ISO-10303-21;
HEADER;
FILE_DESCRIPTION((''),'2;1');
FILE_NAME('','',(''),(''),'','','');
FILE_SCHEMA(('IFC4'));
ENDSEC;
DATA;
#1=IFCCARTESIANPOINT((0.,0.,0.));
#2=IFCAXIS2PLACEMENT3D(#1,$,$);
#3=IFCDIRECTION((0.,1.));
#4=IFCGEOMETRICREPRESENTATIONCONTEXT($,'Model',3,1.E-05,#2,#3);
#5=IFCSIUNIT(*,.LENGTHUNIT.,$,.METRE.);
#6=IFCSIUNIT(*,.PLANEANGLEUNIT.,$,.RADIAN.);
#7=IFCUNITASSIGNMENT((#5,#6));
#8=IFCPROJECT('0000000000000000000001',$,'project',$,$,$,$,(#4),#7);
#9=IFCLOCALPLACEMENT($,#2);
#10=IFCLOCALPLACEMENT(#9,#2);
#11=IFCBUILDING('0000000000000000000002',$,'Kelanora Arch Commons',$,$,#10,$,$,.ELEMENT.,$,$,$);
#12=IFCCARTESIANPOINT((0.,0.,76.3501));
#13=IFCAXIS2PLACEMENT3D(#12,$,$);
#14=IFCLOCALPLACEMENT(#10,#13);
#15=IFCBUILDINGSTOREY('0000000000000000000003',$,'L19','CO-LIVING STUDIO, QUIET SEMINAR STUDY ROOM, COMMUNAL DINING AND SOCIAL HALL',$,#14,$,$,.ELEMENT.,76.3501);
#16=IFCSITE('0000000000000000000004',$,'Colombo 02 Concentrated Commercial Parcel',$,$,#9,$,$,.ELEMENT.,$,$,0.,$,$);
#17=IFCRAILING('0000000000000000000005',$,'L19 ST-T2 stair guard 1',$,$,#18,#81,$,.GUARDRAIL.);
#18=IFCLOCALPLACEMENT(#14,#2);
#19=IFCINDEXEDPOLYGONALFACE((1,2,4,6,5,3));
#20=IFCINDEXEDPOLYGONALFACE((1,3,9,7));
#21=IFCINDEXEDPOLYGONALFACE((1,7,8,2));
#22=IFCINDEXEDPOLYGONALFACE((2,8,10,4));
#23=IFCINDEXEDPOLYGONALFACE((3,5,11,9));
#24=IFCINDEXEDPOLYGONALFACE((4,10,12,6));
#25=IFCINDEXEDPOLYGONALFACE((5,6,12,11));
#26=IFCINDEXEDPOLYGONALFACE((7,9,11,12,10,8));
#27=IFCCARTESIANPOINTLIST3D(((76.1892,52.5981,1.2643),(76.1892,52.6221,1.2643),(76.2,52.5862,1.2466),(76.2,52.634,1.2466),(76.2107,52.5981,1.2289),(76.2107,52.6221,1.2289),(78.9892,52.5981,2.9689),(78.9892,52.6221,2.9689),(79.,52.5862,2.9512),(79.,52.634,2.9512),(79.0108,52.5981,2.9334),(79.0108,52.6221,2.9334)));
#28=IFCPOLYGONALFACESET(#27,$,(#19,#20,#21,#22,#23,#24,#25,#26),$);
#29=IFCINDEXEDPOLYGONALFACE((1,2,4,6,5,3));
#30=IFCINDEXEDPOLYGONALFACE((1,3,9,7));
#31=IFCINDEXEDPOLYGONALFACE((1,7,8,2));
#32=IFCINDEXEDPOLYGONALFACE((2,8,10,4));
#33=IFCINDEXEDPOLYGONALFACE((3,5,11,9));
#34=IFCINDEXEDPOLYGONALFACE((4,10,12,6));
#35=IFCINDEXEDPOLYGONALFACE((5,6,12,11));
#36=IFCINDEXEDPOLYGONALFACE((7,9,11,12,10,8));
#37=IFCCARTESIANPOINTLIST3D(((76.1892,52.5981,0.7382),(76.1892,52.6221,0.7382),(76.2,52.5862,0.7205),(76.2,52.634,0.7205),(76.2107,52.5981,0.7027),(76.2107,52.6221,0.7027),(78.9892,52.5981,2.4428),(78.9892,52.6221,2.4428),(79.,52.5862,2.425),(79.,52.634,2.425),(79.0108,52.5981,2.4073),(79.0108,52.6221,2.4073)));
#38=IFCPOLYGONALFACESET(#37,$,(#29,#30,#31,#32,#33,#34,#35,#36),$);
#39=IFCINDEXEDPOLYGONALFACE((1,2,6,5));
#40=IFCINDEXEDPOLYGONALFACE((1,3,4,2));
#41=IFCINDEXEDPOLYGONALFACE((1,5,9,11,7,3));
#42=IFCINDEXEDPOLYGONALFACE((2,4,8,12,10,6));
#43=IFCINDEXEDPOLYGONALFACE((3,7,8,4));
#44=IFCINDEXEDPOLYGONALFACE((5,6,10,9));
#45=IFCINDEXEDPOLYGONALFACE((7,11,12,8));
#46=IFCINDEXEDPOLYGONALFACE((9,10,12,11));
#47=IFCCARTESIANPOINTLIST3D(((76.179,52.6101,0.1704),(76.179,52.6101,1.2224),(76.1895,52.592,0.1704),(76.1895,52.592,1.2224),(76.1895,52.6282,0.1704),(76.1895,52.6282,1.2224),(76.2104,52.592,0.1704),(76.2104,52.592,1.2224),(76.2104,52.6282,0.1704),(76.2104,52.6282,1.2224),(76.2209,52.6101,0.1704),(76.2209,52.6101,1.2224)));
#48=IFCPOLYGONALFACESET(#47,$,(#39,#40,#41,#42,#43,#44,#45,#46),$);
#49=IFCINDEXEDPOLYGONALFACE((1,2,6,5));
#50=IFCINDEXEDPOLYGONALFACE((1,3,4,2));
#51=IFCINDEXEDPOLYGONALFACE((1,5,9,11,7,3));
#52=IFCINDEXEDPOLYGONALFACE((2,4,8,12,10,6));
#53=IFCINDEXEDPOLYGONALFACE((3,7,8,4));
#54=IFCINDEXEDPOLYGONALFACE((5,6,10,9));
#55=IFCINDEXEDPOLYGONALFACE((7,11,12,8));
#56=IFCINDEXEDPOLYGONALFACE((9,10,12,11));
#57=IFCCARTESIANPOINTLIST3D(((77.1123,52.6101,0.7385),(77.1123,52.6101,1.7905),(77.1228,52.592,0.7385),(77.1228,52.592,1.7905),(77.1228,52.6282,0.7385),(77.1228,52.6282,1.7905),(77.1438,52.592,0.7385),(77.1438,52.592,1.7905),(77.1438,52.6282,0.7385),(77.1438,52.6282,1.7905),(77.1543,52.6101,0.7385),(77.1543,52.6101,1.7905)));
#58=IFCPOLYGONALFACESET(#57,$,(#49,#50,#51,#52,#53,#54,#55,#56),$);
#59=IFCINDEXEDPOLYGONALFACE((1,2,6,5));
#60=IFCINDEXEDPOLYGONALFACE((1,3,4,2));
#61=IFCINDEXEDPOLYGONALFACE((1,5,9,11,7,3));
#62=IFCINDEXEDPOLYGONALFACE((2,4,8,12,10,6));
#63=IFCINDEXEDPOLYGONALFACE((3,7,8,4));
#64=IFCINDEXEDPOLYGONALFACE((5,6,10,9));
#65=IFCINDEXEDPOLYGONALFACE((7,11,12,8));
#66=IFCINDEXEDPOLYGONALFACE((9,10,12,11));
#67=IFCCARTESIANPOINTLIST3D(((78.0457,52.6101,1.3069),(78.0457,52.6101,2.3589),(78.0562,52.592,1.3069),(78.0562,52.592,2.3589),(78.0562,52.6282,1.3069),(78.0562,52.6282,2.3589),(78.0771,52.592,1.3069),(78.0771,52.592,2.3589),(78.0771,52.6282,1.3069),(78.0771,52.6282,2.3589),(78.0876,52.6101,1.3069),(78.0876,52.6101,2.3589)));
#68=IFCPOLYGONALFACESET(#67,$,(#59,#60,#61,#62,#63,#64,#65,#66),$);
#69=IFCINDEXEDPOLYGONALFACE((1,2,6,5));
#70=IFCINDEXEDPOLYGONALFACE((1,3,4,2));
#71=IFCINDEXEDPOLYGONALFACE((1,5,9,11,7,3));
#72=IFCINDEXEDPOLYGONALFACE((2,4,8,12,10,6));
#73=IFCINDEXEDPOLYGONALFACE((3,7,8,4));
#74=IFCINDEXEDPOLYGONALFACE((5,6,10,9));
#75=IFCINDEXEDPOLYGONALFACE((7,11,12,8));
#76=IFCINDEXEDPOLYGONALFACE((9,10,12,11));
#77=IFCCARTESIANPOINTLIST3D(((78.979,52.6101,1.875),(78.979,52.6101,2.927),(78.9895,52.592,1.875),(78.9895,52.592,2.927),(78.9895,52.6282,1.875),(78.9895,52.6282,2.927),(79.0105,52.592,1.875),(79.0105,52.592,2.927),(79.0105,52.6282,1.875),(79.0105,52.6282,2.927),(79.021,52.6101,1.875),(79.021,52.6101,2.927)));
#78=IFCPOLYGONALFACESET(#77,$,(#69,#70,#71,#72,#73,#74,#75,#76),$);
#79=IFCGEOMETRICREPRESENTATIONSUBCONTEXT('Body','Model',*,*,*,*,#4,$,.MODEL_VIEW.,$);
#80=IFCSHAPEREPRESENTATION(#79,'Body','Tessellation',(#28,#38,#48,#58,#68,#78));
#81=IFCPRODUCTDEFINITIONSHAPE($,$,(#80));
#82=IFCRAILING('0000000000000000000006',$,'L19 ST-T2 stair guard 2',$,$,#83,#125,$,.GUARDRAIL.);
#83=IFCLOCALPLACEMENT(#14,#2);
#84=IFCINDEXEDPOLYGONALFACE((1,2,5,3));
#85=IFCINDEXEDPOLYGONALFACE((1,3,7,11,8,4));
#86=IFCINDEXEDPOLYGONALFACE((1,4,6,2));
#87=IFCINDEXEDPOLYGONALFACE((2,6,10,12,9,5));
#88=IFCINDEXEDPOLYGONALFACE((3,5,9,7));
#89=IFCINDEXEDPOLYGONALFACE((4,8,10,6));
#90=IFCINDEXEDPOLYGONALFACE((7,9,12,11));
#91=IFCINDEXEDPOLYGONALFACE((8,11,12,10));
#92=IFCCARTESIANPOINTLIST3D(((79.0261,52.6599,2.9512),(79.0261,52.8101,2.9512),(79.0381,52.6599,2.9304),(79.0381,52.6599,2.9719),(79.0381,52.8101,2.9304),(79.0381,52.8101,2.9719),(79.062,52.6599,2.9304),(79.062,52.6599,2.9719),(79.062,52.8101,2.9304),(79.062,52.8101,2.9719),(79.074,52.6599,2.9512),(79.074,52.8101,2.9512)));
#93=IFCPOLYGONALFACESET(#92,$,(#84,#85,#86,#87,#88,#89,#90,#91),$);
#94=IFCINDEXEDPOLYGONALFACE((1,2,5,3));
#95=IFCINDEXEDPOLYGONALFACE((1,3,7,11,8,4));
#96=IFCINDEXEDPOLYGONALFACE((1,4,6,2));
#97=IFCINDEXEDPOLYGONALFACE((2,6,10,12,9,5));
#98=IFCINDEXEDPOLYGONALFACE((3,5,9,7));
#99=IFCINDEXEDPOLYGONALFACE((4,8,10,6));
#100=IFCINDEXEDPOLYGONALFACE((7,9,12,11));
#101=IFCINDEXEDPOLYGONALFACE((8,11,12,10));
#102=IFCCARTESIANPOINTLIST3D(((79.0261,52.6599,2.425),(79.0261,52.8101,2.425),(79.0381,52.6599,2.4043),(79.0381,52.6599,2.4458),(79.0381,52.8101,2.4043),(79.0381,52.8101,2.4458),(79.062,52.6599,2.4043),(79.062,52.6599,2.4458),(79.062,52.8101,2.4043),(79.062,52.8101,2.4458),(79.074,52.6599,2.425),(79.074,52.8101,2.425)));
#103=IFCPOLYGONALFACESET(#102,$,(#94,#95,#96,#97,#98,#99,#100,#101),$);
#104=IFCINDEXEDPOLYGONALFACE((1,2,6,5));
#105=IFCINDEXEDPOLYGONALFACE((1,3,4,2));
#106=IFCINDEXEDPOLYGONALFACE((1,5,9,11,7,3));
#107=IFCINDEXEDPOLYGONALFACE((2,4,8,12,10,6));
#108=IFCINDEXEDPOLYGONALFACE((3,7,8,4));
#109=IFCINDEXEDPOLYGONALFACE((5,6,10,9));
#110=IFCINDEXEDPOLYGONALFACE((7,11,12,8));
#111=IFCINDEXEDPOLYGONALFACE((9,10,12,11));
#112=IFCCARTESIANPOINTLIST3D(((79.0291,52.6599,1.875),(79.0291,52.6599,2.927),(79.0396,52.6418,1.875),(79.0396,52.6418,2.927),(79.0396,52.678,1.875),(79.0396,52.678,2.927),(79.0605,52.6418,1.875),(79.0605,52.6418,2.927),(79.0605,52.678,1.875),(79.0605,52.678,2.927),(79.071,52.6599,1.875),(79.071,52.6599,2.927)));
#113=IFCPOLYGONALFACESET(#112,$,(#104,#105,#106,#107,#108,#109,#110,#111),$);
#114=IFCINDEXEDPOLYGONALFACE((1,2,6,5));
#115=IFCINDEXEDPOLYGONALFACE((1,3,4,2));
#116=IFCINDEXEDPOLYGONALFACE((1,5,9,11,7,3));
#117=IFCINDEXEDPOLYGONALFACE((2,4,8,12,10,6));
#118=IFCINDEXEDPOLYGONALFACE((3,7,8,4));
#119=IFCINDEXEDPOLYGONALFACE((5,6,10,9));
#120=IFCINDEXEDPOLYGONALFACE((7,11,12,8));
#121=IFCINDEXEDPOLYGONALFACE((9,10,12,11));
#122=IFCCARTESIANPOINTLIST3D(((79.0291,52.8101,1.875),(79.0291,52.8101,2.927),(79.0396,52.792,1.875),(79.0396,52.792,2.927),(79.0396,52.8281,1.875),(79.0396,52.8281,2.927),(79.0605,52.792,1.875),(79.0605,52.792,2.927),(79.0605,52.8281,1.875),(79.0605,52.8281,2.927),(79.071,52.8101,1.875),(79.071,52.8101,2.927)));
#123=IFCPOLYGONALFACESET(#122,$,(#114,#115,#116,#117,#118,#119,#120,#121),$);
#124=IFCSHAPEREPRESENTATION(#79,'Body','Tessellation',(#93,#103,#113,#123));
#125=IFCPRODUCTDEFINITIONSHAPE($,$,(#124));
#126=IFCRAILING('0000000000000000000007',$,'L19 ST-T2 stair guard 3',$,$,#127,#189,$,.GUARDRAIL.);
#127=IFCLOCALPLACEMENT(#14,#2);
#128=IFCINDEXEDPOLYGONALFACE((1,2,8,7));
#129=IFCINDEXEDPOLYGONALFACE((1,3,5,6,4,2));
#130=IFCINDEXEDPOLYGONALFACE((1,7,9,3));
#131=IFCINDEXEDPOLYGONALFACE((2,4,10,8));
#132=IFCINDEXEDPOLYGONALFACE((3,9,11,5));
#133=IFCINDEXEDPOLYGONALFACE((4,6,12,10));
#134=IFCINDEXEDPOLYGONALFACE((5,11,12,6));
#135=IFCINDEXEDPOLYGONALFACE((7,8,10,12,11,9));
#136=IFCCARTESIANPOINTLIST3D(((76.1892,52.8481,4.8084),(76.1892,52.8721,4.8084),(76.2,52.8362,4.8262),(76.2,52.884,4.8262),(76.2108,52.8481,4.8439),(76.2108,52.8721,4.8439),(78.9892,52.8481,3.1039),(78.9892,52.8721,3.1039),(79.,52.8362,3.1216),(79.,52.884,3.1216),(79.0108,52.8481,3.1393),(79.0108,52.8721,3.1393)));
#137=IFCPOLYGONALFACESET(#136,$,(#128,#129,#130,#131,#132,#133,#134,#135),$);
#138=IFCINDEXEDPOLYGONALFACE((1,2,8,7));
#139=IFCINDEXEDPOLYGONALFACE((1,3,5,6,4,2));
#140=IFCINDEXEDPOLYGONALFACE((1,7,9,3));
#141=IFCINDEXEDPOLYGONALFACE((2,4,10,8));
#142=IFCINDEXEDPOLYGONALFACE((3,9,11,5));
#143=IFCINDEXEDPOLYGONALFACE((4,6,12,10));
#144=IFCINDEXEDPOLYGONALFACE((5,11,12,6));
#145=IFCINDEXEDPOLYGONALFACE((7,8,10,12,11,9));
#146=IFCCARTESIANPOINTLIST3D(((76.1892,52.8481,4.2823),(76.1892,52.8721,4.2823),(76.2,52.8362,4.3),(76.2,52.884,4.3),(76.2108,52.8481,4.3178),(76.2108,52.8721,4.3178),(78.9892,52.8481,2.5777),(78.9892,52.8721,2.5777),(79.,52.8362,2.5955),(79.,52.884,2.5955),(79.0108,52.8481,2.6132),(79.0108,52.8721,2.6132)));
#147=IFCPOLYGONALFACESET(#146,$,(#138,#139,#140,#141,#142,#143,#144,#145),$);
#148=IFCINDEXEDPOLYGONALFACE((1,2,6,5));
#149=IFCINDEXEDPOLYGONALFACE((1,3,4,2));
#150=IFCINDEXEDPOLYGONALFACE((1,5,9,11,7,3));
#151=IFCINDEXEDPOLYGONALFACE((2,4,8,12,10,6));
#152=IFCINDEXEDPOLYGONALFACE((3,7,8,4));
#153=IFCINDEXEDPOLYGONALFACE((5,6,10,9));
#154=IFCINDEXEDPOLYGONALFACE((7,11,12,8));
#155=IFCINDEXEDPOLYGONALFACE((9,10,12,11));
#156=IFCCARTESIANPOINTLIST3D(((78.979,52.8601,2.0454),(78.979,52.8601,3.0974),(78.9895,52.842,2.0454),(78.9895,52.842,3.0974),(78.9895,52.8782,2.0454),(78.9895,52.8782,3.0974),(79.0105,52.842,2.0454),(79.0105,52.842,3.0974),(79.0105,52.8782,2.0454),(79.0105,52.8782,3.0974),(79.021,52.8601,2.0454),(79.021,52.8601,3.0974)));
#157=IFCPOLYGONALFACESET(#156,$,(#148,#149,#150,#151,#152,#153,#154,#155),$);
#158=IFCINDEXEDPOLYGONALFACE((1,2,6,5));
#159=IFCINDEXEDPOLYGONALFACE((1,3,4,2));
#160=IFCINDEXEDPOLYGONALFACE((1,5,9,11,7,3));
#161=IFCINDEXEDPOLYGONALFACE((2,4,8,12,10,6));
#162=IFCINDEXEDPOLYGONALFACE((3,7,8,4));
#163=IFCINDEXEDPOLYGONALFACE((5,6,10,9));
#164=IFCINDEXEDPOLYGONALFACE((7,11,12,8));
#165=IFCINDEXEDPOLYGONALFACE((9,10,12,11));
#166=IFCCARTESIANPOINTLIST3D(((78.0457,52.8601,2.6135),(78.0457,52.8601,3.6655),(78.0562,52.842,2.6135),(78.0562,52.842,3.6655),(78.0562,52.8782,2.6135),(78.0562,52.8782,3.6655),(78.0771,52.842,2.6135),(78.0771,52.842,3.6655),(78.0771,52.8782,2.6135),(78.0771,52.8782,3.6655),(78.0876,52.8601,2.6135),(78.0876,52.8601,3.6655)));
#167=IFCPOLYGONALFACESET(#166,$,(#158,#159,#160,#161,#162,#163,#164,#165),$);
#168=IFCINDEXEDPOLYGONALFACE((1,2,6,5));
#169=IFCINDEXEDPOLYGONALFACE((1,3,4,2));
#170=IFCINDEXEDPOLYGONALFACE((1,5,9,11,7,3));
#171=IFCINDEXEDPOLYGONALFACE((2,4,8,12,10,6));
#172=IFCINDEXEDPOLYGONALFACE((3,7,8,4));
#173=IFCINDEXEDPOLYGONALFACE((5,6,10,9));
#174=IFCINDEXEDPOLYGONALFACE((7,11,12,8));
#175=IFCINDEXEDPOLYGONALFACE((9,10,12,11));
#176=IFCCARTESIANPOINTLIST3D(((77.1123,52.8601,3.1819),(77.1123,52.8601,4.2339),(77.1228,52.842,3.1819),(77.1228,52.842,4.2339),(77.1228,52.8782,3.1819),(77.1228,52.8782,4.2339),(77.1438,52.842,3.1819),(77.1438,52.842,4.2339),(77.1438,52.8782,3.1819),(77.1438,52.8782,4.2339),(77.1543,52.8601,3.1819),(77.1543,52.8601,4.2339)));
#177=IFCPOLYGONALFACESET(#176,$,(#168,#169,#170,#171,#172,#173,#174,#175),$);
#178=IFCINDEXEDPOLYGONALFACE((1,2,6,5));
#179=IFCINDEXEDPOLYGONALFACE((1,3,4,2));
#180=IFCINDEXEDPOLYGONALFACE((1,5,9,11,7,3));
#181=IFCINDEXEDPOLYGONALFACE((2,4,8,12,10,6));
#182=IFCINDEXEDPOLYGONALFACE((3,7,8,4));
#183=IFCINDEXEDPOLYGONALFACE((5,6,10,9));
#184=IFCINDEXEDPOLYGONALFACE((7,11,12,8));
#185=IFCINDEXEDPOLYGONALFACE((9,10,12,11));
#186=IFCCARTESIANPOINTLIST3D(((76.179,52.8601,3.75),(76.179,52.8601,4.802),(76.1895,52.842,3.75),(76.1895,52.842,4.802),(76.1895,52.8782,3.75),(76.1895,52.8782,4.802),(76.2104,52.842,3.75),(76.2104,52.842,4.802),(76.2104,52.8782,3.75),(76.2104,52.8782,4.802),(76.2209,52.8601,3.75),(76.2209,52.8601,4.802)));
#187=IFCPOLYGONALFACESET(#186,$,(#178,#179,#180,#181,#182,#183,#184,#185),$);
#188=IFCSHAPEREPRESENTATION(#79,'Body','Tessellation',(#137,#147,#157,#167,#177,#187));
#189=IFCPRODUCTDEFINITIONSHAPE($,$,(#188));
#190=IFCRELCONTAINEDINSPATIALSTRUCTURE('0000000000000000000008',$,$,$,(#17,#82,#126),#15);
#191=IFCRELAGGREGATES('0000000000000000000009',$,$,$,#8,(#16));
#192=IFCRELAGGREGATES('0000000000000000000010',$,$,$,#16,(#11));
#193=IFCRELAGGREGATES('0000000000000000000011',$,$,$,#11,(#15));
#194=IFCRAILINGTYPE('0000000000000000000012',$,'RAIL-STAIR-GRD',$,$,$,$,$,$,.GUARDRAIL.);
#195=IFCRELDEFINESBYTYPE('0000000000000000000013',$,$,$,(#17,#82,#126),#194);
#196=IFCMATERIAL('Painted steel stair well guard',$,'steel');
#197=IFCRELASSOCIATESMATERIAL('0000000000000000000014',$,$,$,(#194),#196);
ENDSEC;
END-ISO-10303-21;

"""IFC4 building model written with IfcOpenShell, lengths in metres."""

from ifc_helpers import new_model, si_unit, direction, frame, origin, place, context, subcontext, project, spatial, polyline, outline, extrude, material, type_object, element, save


model = new_model("IFC4")

# Units and contexts
model_context = context("Model", 3, precision=1e-05, world=origin(), true_north=direction((0.0, 1.0)))
body_context = subcontext(model_context, "Body", "Model", "MODEL_VIEW")
ifc_project = project(units=[si_unit("LENGTHUNIT", "METRE"), si_unit("PLANEANGLEUNIT", "RADIAN")], contexts=[model_context])

# Site, building, storey
site_placement = place(None, origin())
site = spatial("IfcSite", under=ifc_project, at=site_placement, Name="Colombo 02 Concentrated Commercial Parcel", CompositionType="ELEMENT", RefElevation=0.0)
building_placement = place(site_placement, origin())
building = spatial("IfcBuilding", under=site, at=building_placement, Name="Kelanora Arch Commons", CompositionType="ELEMENT")
storey_placement = place(building_placement, frame((0.0, 0.0, 76.3501)))
storey = spatial("IfcBuildingStorey", under=building, at=storey_placement, Name="L19", Description="CO-LIVING STUDIO, QUIET SEMINAR STUDY ROOM, COMMUNAL DINING AND SOCIAL HALL", CompositionType="ELEMENT", Elevation=76.3501)

# Railings
ifc_material_1 = material(Name="Painted steel stair well guard", Category="steel")
railing_type_1 = type_object("IfcRailingType", Name="RAIL-STAIR-GRD", PredefinedType="GUARDRAIL", material=ifc_material_1)
railing_1_placement = place(storey_placement, frame((76.2, 52.6101, 0.1704)))
element("IfcRailing", 1, at=railing_1_placement, inside=storey, type_object=railing_type_1, Name="L19 ST-T2 stair guard 1", PredefinedType="GUARDRAIL", context=body_context, shape_type="SweptSolid", body=[
    extrude(outline(polyline([(0.0239, 0.0), (0.012, 0.0208), (-0.012, 0.0208), (-0.0239, 0.0), (-0.012, -0.0208), (0.012, -0.0208), (0.0239, 0.0)])), frame((0.0, 0.0, 1.0762), z_axis=(0.85417, 0.0, 0.519994), x_axis=(0.0, 1.0, 0.0)), (0.0, 0.0, 1.0), 3.2781),
    extrude(outline(polyline([(0.0239, 0.0), (0.012, 0.0208), (-0.012, 0.0208), (-0.0239, 0.0), (-0.012, -0.0208), (0.012, -0.0208), (0.0239, 0.0)])), frame((0.0, 0.0, 0.55), z_axis=(0.85417, 0.0, 0.519994), x_axis=(0.0, 1.0, 0.0)), (0.0, 0.0, 1.0), 3.2781),
    extrude(outline(polyline([(0.021, 0.0), (0.0105, 0.0181), (-0.0105, 0.0181), (-0.021, 0.0), (-0.0105, -0.0181), (0.0105, -0.0181), (0.021, 0.0)])), origin(), (0.0, 0.0, 1.0), 1.052),
    extrude(outline(polyline([(0.021, 0.0), (0.0105, 0.0181), (-0.0105, 0.0181), (-0.021, 0.0), (-0.0105, -0.0181), (0.0105, -0.0181), (0.021, 0.0)])), frame((0.9333, 0.0, 0.5681)), (0.0, 0.0, 1.0), 1.052),
    extrude(outline(polyline([(0.021, 0.0), (0.0105, 0.0181), (-0.0105, 0.0181), (-0.021, 0.0), (-0.0105, -0.0181), (0.0105, -0.0181), (0.021, 0.0)])), frame((1.8667, 0.0, 1.1365)), (0.0, 0.0, 1.0), 1.052),
    extrude(outline(polyline([(0.021, 0.0), (0.0105, 0.0181), (-0.0105, 0.0181), (-0.021, 0.0), (-0.0105, -0.0181), (0.0105, -0.0181), (0.021, 0.0)])), frame((2.8, 0.0, 1.7046)), (0.0, 0.0, 1.0), 1.052),
])
railing_2_placement = place(storey_placement, frame((79.05, 52.6599, 1.875)))
element("IfcRailing", 2, at=railing_2_placement, inside=storey, type_object=railing_type_1, Name="L19 ST-T2 stair guard 2", PredefinedType="GUARDRAIL", context=body_context, shape_type="SweptSolid", body=[
    extrude(outline(polyline([(0.0239, 0.0), (0.012, 0.0208), (-0.012, 0.0208), (-0.0239, 0.0), (-0.012, -0.0208), (0.012, -0.0208), (0.0239, 0.0)])), frame((0.0, 0.0, 1.0762), z_axis=(0.0, 1.0, 0.0), x_axis=(-1.0, 0.0, 0.0)), (0.0, 0.0, 1.0), 0.1501),
    extrude(outline(polyline([(0.0239, 0.0), (0.012, 0.0208), (-0.012, 0.0208), (-0.0239, 0.0), (-0.012, -0.0208), (0.012, -0.0208), (0.0239, 0.0)])), frame((0.0, 0.0, 0.55), z_axis=(0.0, 1.0, 0.0), x_axis=(-1.0, 0.0, 0.0)), (0.0, 0.0, 1.0), 0.1501),
    extrude(outline(polyline([(0.021, 0.0), (0.0105, 0.0181), (-0.0105, 0.0181), (-0.021, 0.0), (-0.0105, -0.0181), (0.0105, -0.0181), (0.021, 0.0)])), origin(), (0.0, 0.0, 1.0), 1.052),
    extrude(outline(polyline([(0.021, 0.0), (0.0105, 0.0181), (-0.0105, 0.0181), (-0.021, 0.0), (-0.0105, -0.0181), (0.0105, -0.0181), (0.021, 0.0)])), frame((0.0, 0.1501, 0.0)), (0.0, 0.0, 1.0), 1.052),
])
railing_3_placement = place(storey_placement, frame((79.0, 52.8601, 2.0454)))
element("IfcRailing", 3, at=railing_3_placement, inside=storey, type_object=railing_type_1, Name="L19 ST-T2 stair guard 3", PredefinedType="GUARDRAIL", context=body_context, shape_type="SweptSolid", body=[
    extrude(outline(polyline([(0.0239, 0.0), (0.012, 0.0208), (-0.012, 0.0208), (-0.0239, 0.0), (-0.012, -0.0208), (0.012, -0.0208), (0.0239, 0.0)])), frame((0.0, 0.0, 1.0762), z_axis=(-0.85417, 0.0, 0.519994), x_axis=(0.0, -1.0, 0.0)), (0.0, 0.0, 1.0), 3.2781),
    extrude(outline(polyline([(0.0239, 0.0), (0.012, 0.0208), (-0.012, 0.0208), (-0.0239, 0.0), (-0.012, -0.0208), (0.012, -0.0208), (0.0239, 0.0)])), frame((0.0, 0.0, 0.55), z_axis=(-0.85417, 0.0, 0.519994), x_axis=(0.0, -1.0, 0.0)), (0.0, 0.0, 1.0), 3.2781),
    extrude(outline(polyline([(0.021, 0.0), (0.0105, 0.0181), (-0.0105, 0.0181), (-0.021, 0.0), (-0.0105, -0.0181), (0.0105, -0.0181), (0.021, 0.0)])), origin(), (0.0, 0.0, 1.0), 1.052),
    extrude(outline(polyline([(0.021, 0.0), (0.0105, 0.0181), (-0.0105, 0.0181), (-0.021, 0.0), (-0.0105, -0.0181), (0.0105, -0.0181), (0.021, 0.0)])), frame((-0.9333, 0.0, 0.5681)), (0.0, 0.0, 1.0), 1.052),
    extrude(outline(polyline([(0.021, 0.0), (0.0105, 0.0181), (-0.0105, 0.0181), (-0.021, 0.0), (-0.0105, -0.0181), (0.0105, -0.0181), (0.021, 0.0)])), frame((-1.8667, 0.0, 1.1365)), (0.0, 0.0, 1.0), 1.052),
    extrude(outline(polyline([(0.021, 0.0), (0.0105, 0.0181), (-0.0105, 0.0181), (-0.021, 0.0), (-0.0105, -0.0181), (0.0105, -0.0181), (0.021, 0.0)])), frame((-2.8, 0.0, 1.7046)), (0.0, 0.0, 1.0), 1.052),
])

save(model, "model.ifc")
